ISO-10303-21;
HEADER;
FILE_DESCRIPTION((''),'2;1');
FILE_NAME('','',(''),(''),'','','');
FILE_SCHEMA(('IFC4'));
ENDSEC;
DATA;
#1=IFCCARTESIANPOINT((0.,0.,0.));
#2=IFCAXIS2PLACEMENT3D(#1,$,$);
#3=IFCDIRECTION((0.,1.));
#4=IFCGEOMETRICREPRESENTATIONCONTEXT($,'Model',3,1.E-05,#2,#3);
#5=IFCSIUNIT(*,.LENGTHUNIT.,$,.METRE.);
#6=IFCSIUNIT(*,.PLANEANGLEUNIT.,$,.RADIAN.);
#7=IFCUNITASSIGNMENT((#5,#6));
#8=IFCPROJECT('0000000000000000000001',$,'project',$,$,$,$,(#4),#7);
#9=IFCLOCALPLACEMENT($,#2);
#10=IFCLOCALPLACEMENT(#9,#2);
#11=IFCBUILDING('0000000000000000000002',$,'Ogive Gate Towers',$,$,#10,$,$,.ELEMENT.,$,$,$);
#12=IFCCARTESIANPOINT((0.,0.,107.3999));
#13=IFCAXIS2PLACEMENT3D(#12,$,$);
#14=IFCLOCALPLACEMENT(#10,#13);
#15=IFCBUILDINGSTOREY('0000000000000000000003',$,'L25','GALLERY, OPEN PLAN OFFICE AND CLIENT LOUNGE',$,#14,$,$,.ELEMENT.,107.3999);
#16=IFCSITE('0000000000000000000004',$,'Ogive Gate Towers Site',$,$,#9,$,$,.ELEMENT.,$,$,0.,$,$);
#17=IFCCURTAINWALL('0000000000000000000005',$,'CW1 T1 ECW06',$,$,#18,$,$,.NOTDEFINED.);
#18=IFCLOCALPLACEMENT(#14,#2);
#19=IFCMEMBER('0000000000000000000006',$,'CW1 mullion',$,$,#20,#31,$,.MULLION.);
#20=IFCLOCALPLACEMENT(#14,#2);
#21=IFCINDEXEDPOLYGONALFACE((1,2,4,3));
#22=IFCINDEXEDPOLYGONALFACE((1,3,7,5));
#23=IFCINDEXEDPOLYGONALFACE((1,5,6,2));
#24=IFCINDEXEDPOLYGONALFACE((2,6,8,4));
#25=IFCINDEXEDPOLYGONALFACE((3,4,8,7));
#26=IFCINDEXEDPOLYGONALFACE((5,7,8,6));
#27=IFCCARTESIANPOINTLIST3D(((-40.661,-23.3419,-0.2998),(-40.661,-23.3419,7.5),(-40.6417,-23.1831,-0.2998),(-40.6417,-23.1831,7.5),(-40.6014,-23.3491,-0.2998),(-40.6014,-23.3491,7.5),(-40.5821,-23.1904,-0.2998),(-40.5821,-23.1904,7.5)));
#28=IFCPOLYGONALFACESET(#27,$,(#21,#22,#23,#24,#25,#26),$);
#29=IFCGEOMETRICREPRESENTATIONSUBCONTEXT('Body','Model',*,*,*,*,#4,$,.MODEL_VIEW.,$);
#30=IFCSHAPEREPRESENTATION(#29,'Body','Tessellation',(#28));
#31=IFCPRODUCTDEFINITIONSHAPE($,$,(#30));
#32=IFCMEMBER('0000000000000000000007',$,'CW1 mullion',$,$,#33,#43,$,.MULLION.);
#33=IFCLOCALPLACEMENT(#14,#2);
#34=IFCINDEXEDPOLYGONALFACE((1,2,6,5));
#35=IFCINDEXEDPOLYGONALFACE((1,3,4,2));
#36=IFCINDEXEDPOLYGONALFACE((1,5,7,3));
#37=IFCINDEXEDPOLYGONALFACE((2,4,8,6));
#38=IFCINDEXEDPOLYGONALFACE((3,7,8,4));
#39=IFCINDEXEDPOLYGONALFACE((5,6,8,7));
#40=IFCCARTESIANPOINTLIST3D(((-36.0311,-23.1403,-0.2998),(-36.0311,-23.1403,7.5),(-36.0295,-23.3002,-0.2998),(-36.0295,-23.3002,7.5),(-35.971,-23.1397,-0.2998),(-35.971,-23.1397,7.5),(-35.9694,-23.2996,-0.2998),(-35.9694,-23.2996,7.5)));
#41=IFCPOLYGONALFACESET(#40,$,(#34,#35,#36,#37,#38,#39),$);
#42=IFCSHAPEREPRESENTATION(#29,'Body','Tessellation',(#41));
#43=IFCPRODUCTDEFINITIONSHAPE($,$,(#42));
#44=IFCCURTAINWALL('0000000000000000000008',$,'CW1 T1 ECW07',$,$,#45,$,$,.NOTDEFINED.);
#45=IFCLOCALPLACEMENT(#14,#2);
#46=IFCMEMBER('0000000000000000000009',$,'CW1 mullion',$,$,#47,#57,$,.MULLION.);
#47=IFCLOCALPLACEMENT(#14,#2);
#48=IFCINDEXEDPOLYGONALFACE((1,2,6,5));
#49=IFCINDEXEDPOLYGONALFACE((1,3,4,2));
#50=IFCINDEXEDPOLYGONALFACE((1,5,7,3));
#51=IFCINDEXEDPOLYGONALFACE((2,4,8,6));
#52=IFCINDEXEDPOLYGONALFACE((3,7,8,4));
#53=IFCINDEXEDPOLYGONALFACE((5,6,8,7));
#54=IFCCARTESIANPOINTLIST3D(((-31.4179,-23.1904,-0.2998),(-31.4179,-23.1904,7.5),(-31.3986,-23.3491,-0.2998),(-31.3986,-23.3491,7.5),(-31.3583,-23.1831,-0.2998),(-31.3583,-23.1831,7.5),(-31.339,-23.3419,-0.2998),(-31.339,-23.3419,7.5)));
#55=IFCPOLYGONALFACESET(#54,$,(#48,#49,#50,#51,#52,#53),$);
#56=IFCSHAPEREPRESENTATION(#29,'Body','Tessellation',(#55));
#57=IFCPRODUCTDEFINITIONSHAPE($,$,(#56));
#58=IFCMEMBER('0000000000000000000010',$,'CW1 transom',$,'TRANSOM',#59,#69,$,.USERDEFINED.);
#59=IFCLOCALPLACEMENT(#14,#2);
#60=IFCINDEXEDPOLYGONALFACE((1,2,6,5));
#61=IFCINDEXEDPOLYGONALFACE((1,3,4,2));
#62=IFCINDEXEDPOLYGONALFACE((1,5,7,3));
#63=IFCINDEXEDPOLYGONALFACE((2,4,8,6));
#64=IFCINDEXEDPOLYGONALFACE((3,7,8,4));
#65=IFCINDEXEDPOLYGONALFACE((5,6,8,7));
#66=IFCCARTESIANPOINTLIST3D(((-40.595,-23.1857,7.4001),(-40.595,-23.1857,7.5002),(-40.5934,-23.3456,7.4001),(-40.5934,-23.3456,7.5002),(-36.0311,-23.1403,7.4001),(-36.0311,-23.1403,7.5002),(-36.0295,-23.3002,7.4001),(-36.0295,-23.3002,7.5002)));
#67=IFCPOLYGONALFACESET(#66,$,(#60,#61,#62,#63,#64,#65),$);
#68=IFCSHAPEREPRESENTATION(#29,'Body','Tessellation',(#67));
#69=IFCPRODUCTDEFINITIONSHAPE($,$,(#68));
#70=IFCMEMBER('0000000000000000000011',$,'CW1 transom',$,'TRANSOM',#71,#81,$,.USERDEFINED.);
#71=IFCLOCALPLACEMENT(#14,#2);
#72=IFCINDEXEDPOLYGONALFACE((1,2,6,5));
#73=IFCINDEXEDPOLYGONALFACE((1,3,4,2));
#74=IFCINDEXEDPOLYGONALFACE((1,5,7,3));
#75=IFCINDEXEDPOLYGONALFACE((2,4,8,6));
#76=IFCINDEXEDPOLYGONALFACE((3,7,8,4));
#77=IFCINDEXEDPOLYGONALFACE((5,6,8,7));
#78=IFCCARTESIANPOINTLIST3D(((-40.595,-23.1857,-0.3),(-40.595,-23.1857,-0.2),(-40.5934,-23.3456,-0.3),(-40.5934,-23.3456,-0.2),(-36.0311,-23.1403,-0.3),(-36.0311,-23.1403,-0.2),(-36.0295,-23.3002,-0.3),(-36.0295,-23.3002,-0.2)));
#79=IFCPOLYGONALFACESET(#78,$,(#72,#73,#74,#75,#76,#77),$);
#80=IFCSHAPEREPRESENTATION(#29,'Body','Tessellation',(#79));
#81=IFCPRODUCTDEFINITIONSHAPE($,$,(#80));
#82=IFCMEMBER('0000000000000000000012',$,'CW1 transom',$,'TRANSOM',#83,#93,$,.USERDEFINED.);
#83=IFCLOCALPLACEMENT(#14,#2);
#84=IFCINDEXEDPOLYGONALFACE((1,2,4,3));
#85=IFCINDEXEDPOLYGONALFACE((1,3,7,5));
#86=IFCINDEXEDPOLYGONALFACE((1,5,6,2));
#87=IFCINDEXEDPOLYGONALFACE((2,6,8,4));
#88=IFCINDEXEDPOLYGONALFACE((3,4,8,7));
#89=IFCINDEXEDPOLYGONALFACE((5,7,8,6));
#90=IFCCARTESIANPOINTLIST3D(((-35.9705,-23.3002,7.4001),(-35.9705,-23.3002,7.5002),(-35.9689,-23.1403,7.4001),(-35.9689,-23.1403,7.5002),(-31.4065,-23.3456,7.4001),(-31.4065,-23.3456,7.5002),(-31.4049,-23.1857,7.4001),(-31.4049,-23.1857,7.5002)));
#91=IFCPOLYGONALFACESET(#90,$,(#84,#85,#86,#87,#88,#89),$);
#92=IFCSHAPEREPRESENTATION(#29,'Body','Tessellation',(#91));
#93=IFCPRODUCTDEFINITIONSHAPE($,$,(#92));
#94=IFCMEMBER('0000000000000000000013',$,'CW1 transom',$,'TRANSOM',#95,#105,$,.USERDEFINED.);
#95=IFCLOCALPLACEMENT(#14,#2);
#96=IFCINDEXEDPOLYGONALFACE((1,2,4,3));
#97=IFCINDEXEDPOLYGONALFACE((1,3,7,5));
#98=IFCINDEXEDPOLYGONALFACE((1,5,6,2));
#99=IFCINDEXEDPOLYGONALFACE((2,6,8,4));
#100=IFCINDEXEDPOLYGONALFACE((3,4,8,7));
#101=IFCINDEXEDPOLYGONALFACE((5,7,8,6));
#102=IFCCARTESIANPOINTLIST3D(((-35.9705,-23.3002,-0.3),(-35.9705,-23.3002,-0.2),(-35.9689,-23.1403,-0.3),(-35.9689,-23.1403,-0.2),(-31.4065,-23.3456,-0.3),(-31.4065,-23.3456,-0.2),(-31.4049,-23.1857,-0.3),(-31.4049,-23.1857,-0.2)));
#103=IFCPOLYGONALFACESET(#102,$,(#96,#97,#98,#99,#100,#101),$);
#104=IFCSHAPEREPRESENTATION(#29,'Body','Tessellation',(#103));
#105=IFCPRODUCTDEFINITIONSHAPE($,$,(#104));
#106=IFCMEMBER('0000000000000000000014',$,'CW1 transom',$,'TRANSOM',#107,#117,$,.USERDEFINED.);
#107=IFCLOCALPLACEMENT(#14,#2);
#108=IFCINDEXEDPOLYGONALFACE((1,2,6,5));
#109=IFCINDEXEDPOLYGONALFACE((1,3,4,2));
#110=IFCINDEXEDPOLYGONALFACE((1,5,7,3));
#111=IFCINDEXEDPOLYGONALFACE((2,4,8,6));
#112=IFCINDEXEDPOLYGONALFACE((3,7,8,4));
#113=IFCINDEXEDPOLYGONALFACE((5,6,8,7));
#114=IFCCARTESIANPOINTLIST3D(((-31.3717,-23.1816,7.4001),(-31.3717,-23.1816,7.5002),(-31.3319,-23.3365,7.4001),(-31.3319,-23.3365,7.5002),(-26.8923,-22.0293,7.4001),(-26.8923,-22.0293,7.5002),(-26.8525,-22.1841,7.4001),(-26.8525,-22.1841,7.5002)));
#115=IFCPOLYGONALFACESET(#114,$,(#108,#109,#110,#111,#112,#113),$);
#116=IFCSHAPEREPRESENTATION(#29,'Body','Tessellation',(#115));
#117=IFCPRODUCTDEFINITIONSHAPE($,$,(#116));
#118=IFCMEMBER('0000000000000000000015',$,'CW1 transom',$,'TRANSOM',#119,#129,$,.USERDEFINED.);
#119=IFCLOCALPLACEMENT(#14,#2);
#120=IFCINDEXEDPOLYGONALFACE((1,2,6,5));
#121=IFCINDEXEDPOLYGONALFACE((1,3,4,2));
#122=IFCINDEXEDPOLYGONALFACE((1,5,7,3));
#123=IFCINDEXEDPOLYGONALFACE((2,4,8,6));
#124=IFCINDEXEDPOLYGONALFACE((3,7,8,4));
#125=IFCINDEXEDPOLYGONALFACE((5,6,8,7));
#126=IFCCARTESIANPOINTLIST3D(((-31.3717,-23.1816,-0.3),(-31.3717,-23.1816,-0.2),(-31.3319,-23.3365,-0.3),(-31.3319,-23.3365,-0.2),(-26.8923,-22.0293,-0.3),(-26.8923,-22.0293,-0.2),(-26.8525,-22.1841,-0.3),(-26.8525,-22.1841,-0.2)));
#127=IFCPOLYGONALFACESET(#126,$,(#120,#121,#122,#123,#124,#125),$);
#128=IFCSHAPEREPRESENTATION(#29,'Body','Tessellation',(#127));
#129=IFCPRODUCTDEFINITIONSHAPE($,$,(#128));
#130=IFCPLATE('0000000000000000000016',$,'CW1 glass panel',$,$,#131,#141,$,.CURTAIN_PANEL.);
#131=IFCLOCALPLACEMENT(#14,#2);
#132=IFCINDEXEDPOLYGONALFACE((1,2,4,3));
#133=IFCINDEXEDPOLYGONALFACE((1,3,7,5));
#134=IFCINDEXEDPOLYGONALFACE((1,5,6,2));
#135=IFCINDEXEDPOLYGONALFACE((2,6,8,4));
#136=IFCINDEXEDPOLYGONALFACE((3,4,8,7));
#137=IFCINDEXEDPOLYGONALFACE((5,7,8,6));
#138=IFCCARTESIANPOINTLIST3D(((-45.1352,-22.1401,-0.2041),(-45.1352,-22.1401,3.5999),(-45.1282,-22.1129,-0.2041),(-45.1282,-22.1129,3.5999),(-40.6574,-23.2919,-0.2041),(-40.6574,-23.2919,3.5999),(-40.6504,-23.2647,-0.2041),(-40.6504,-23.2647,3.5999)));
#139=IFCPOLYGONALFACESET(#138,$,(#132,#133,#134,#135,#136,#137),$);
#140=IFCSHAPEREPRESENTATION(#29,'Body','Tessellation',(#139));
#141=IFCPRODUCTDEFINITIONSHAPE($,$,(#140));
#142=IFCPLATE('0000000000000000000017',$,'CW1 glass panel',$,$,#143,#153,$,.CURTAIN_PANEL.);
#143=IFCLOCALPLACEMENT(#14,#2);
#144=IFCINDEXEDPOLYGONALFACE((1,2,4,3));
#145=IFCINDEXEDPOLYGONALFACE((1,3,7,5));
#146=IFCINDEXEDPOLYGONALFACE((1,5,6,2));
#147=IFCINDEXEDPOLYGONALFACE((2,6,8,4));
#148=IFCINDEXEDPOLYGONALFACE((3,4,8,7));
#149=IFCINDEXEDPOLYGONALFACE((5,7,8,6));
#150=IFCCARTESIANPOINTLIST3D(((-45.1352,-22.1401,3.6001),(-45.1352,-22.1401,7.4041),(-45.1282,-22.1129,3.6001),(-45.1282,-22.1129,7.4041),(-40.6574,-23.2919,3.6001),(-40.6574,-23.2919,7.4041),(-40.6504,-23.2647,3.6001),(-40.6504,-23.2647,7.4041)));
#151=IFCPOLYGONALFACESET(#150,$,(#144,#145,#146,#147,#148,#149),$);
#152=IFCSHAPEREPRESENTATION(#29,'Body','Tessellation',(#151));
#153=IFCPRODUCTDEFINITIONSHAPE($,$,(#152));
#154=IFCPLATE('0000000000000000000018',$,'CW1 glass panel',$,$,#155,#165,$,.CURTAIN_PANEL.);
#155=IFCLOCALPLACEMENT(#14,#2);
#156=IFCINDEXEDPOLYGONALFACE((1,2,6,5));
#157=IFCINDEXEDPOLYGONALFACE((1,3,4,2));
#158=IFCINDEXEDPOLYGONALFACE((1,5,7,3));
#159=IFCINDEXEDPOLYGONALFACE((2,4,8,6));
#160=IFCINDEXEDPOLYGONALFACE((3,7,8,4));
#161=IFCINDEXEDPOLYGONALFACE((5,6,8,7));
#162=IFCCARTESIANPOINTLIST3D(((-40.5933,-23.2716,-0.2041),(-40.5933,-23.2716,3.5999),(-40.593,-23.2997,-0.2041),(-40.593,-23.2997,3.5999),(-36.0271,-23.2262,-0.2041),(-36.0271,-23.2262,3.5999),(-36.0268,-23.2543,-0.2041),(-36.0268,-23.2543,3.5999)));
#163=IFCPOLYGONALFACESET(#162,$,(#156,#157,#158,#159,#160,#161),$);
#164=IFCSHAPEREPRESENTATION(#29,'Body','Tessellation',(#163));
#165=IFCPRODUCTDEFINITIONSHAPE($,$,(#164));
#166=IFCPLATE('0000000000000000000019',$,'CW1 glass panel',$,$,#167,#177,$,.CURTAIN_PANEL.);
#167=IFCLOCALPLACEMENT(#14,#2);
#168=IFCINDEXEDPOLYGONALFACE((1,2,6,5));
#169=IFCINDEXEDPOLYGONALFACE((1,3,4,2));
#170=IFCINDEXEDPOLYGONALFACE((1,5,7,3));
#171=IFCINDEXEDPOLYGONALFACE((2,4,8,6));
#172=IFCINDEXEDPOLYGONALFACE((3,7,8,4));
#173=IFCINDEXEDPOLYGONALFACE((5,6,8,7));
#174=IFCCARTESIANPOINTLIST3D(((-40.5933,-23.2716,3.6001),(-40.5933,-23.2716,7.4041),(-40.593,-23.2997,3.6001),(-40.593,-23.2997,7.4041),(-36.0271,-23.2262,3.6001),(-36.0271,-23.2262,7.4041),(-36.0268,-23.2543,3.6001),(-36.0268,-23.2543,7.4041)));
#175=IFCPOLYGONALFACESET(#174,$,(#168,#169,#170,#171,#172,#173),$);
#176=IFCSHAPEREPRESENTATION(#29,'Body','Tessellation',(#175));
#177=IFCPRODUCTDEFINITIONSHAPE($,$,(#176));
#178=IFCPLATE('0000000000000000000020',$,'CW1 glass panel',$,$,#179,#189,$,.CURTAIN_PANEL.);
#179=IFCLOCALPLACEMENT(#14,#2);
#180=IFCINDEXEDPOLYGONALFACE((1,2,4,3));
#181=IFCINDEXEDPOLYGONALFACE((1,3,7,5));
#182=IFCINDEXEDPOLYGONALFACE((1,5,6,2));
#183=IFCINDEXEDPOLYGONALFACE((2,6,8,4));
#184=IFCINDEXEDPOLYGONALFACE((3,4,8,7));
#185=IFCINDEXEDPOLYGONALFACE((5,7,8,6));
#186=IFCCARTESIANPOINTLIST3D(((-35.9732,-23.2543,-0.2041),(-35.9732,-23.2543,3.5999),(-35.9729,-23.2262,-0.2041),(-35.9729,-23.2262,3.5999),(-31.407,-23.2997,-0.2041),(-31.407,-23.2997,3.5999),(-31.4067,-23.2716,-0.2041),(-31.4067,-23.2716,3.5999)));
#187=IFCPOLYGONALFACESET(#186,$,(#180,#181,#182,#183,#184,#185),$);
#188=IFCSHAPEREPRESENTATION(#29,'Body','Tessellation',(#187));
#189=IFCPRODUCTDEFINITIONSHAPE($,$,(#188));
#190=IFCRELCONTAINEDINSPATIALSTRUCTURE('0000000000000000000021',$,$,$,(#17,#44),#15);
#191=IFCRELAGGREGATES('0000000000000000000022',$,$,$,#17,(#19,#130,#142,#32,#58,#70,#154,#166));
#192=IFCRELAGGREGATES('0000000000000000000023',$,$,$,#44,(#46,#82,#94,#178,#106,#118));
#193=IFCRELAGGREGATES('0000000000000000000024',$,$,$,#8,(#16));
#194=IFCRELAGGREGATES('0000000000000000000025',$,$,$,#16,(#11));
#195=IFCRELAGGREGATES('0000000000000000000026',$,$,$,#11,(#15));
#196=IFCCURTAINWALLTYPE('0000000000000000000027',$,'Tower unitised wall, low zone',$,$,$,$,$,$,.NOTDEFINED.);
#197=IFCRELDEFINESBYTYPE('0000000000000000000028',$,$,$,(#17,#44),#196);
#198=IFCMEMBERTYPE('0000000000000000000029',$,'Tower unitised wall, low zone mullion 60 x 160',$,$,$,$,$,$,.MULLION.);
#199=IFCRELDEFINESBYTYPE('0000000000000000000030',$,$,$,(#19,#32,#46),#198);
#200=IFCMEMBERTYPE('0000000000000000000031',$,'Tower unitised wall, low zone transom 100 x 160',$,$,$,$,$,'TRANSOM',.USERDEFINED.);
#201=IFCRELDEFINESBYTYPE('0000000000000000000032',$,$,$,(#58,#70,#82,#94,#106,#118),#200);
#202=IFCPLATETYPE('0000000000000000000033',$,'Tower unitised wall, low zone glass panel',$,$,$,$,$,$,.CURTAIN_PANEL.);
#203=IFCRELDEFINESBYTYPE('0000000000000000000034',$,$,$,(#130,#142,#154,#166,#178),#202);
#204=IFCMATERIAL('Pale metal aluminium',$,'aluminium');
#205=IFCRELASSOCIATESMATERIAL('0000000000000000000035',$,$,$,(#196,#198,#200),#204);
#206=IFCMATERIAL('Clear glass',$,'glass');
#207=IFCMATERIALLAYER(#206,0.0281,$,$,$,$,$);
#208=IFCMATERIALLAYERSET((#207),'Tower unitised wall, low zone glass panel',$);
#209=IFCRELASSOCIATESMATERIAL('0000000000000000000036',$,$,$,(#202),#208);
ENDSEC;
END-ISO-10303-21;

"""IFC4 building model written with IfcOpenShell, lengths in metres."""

from ifc_helpers import new_model, si_unit, direction, frame, origin, origin_2d, place, context, subcontext, project, spatial, rectangle, extrude, material, layer, layer_set, material_profile, profile_set, type_object, element, aggregate, save


model = new_model("IFC4")

# Units and contexts
model_context = context("Model", 3, precision=1e-05, world=origin(), true_north=direction((0.0, 1.0)))
body_context = subcontext(model_context, "Body", "Model", "MODEL_VIEW")
ifc_project = project(units=[si_unit("LENGTHUNIT", "METRE"), si_unit("PLANEANGLEUNIT", "RADIAN")], contexts=[model_context])

# Site, building, storey
site_placement = place(None, origin())
site = spatial("IfcSite", under=ifc_project, at=site_placement, Name="Ogive Gate Towers Site", CompositionType="ELEMENT", RefElevation=0.0)
building_placement = place(site_placement, origin())
building = spatial("IfcBuilding", under=site, at=building_placement, Name="Ogive Gate Towers", CompositionType="ELEMENT")
storey_placement = place(building_placement, frame((0.0, 0.0, 107.3999)))
storey = spatial("IfcBuildingStorey", under=building, at=storey_placement, Name="L25", Description="GALLERY, OPEN PLAN OFFICE AND CLIENT LOUNGE", CompositionType="ELEMENT", Elevation=107.3999)

# Curtain wall, members
ifc_material_1 = material(Name="Pale metal aluminium", Category="aluminium")
curtain_wall_type = type_object("IfcCurtainWallType", Name="Tower unitised wall, low zone", PredefinedType="NOTDEFINED", material=ifc_material_1)
curtain_wall_1_placement = place(storey_placement, origin())
curtain_wall_1 = element("IfcCurtainWall", 1, at=curtain_wall_1_placement, inside=storey, type_object=curtain_wall_type, Name="CW1 T1 ECW06", PredefinedType="NOTDEFINED")
ifc_material_profile_1 = material_profile(ifc_material_1, rectangle(XDim=0.1599, YDim=0.0601, at=origin_2d()), Name="60 x 160 aluminium box")
ifc_profile_set_1 = profile_set([ifc_material_profile_1], Name="Pale metal aluminium")
member_type_1 = type_object("IfcMemberType", Name="Tower unitised wall, low zone mullion 60 x 160", PredefinedType="MULLION", material=ifc_profile_set_1)
member_1_placement = place(storey_placement, frame((-40.6216, -23.2661, -0.2998), z_axis=(0.0, 0.0, 1.0), x_axis=(-0.120639, -0.992696, 0.0)))
member_1 = element("IfcMember", 2, at=member_1_placement, type_object=member_type_1, Name="CW1 mullion", PredefinedType="MULLION", context=body_context, shape_type="SweptSolid", body=[
    extrude(rectangle(XDim=0.1599, YDim=0.0601, at=origin_2d()), origin(), (0.0, 0.0, 1.0), 7.7998),
])
member_2_placement = place(storey_placement, frame((-36.0002, -23.22, -0.2998), z_axis=(0.0, 0.0, 1.0), x_axis=(0.009931, -0.999951, 0.0)))
member_2 = element("IfcMember", 3, at=member_2_placement, type_object=member_type_1, Name="CW1 mullion", PredefinedType="MULLION", context=body_context, shape_type="SweptSolid", body=[
    extrude(rectangle(XDim=0.1599, YDim=0.0601, at=origin_2d()), origin(), (0.0, 0.0, 1.0), 7.7998),
])

# Curtain wall, member
curtain_wall_2_placement = place(storey_placement, origin())
curtain_wall_2 = element("IfcCurtainWall", 4, at=curtain_wall_2_placement, inside=storey, type_object=curtain_wall_type, Name="CW1 T1 ECW07", PredefinedType="NOTDEFINED")
member_3_placement = place(storey_placement, frame((-31.3784, -23.2661, -0.2998), z_axis=(0.0, 0.0, 1.0), x_axis=(0.120639, -0.992696, 0.0)))
member_3 = element("IfcMember", 5, at=member_3_placement, type_object=member_type_1, Name="CW1 mullion", PredefinedType="MULLION", context=body_context, shape_type="SweptSolid", body=[
    extrude(rectangle(XDim=0.1599, YDim=0.0601, at=origin_2d()), origin(), (0.0, 0.0, 1.0), 7.7998),
])

# Members
ifc_material_profile_2 = material_profile(ifc_material_1, rectangle(XDim=0.1599, YDim=0.1001, at=origin_2d()), Name="100 x 160 aluminium box")
ifc_profile_set_2 = profile_set([ifc_material_profile_2], Name="Pale metal aluminium")
member_type_2 = type_object("IfcMemberType", Name="Tower unitised wall, low zone transom 100 x 160", ElementType="TRANSOM", PredefinedType="USERDEFINED", material=ifc_profile_set_2)
member_4_placement = place(storey_placement, frame((-40.5942, -23.2656, 7.4502), z_axis=(0.999951, 0.009949, 0.0), x_axis=(-0.009949, 0.999951, 0.0)))
member_4 = element("IfcMember", 6, at=member_4_placement, type_object=member_type_2, Name="CW1 transom", ObjectType="TRANSOM", PredefinedType="USERDEFINED", context=body_context, shape_type="SweptSolid", body=[
    extrude(rectangle(XDim=0.1599, YDim=0.1001, at=origin_2d()), origin(), (0.0, 0.0, 1.0), 4.5642),
])
member_5_placement = place(storey_placement, frame((-40.5942, -23.2656, -0.25), z_axis=(0.999951, 0.009949, 0.0), x_axis=(-0.009949, 0.999951, 0.0)))
member_5 = element("IfcMember", 7, at=member_5_placement, type_object=member_type_2, Name="CW1 transom", ObjectType="TRANSOM", PredefinedType="USERDEFINED", context=body_context, shape_type="SweptSolid", body=[
    extrude(rectangle(XDim=0.1599, YDim=0.1001, at=origin_2d()), origin(), (0.0, 0.0, 1.0), 4.5642),
])
member_6_placement = place(storey_placement, frame((-35.9697, -23.2202, 7.4502), z_axis=(0.999951, -0.009949, 0.0), x_axis=(0.009949, 0.999951, 0.0)))
member_6 = element("IfcMember", 8, at=member_6_placement, type_object=member_type_2, Name="CW1 transom", ObjectType="TRANSOM", PredefinedType="USERDEFINED", context=body_context, shape_type="SweptSolid", body=[
    extrude(rectangle(XDim=0.1599, YDim=0.1001, at=origin_2d()), origin(), (0.0, 0.0, 1.0), 4.5642),
])
member_7_placement = place(storey_placement, frame((-35.9697, -23.2202, -0.25), z_axis=(0.999951, -0.009949, 0.0), x_axis=(0.009949, 0.999951, 0.0)))
member_7 = element("IfcMember", 9, at=member_7_placement, type_object=member_type_2, Name="CW1 transom", ObjectType="TRANSOM", PredefinedType="USERDEFINED", context=body_context, shape_type="SweptSolid", body=[
    extrude(rectangle(XDim=0.1599, YDim=0.1001, at=origin_2d()), origin(), (0.0, 0.0, 1.0), 4.5642),
])
member_8_placement = place(storey_placement, frame((-31.3518, -23.259, 7.4502), z_axis=(0.968468, 0.249137, 0.0), x_axis=(-0.249137, 0.968468, 0.0)))
member_8 = element("IfcMember", 10, at=member_8_placement, type_object=member_type_2, Name="CW1 transom", ObjectType="TRANSOM", PredefinedType="USERDEFINED", context=body_context, shape_type="SweptSolid", body=[
    extrude(rectangle(XDim=0.1599, YDim=0.1001, at=origin_2d()), origin(), (0.0, 0.0, 1.0), 4.6252),
])
member_9_placement = place(storey_placement, frame((-31.3518, -23.259, -0.25), z_axis=(0.968468, 0.249137, 0.0), x_axis=(-0.249137, 0.968468, 0.0)))
member_9 = element("IfcMember", 11, at=member_9_placement, type_object=member_type_2, Name="CW1 transom", ObjectType="TRANSOM", PredefinedType="USERDEFINED", context=body_context, shape_type="SweptSolid", body=[
    extrude(rectangle(XDim=0.1599, YDim=0.1001, at=origin_2d()), origin(), (0.0, 0.0, 1.0), 4.6252),
])

# Plates
ifc_material_2 = material(Name="Clear glass", Category="glass")
ifc_layer_1 = layer(ifc_material_2, 0.0281)
ifc_layer_set_1 = layer_set([ifc_layer_1], Name="Tower unitised wall, low zone glass panel")
plate_type = type_object("IfcPlateType", Name="Tower unitised wall, low zone glass panel", PredefinedType="CURTAIN_PANEL", material=ifc_layer_set_1)
plate_1_placement = place(storey_placement, frame((-42.8928, -22.7024, -0.2041), z_axis=(0.0, 0.0, 1.0), x_axis=(0.96847, -0.249129, 0.0)))
plate_1 = element("IfcPlate", 12, at=plate_1_placement, type_object=plate_type, Name="CW1 glass panel", PredefinedType="CURTAIN_PANEL", context=body_context, shape_type="SweptSolid", body=[
    extrude(rectangle(XDim=4.6235, YDim=0.0281, at=origin_2d()), origin(), (0.0, 0.0, 1.0), 3.804),
])
plate_2_placement = place(storey_placement, frame((-42.8928, -22.7024, 3.6001), z_axis=(0.0, 0.0, 1.0), x_axis=(0.96847, -0.249129, 0.0)))
plate_2 = element("IfcPlate", 13, at=plate_2_placement, type_object=plate_type, Name="CW1 glass panel", PredefinedType="CURTAIN_PANEL", context=body_context, shape_type="SweptSolid", body=[
    extrude(rectangle(XDim=4.6235, YDim=0.0281, at=origin_2d()), origin(), (0.0, 0.0, 1.0), 3.804),
])
plate_3_placement = place(storey_placement, frame((-38.3101, -23.2629, -0.2041), z_axis=(0.0, 0.0, 1.0), x_axis=(0.999951, 0.009931, 0.0)))
plate_3 = element("IfcPlate", 14, at=plate_3_placement, type_object=plate_type, Name="CW1 glass panel", PredefinedType="CURTAIN_PANEL", context=body_context, shape_type="SweptSolid", body=[
    extrude(rectangle(XDim=4.5664, YDim=0.0281, at=origin_2d()), origin(), (0.0, 0.0, 1.0), 3.804),
])
plate_4_placement = place(storey_placement, frame((-38.3101, -23.2629, 3.6001), z_axis=(0.0, 0.0, 1.0), x_axis=(0.999951, 0.009931, 0.0)))
plate_4 = element("IfcPlate", 15, at=plate_4_placement, type_object=plate_type, Name="CW1 glass panel", PredefinedType="CURTAIN_PANEL", context=body_context, shape_type="SweptSolid", body=[
    extrude(rectangle(XDim=4.5664, YDim=0.0281, at=origin_2d()), origin(), (0.0, 0.0, 1.0), 3.804),
])
aggregate(curtain_wall_1, [member_1, plate_1, plate_2, member_2, member_4, member_5, plate_3, plate_4])
plate_5_placement = place(storey_placement, frame((-33.6899, -23.2629, -0.2041), z_axis=(0.0, 0.0, 1.0), x_axis=(0.999951, -0.009931, 0.0)))
plate_5 = element("IfcPlate", 16, at=plate_5_placement, type_object=plate_type, Name="CW1 glass panel", PredefinedType="CURTAIN_PANEL", context=body_context, shape_type="SweptSolid", body=[
    extrude(rectangle(XDim=4.5664, YDim=0.0281, at=origin_2d()), origin(), (0.0, 0.0, 1.0), 3.804),
])
aggregate(curtain_wall_2, [member_3, member_6, member_7, plate_5, member_8, member_9])

save(model, "model.ifc")
